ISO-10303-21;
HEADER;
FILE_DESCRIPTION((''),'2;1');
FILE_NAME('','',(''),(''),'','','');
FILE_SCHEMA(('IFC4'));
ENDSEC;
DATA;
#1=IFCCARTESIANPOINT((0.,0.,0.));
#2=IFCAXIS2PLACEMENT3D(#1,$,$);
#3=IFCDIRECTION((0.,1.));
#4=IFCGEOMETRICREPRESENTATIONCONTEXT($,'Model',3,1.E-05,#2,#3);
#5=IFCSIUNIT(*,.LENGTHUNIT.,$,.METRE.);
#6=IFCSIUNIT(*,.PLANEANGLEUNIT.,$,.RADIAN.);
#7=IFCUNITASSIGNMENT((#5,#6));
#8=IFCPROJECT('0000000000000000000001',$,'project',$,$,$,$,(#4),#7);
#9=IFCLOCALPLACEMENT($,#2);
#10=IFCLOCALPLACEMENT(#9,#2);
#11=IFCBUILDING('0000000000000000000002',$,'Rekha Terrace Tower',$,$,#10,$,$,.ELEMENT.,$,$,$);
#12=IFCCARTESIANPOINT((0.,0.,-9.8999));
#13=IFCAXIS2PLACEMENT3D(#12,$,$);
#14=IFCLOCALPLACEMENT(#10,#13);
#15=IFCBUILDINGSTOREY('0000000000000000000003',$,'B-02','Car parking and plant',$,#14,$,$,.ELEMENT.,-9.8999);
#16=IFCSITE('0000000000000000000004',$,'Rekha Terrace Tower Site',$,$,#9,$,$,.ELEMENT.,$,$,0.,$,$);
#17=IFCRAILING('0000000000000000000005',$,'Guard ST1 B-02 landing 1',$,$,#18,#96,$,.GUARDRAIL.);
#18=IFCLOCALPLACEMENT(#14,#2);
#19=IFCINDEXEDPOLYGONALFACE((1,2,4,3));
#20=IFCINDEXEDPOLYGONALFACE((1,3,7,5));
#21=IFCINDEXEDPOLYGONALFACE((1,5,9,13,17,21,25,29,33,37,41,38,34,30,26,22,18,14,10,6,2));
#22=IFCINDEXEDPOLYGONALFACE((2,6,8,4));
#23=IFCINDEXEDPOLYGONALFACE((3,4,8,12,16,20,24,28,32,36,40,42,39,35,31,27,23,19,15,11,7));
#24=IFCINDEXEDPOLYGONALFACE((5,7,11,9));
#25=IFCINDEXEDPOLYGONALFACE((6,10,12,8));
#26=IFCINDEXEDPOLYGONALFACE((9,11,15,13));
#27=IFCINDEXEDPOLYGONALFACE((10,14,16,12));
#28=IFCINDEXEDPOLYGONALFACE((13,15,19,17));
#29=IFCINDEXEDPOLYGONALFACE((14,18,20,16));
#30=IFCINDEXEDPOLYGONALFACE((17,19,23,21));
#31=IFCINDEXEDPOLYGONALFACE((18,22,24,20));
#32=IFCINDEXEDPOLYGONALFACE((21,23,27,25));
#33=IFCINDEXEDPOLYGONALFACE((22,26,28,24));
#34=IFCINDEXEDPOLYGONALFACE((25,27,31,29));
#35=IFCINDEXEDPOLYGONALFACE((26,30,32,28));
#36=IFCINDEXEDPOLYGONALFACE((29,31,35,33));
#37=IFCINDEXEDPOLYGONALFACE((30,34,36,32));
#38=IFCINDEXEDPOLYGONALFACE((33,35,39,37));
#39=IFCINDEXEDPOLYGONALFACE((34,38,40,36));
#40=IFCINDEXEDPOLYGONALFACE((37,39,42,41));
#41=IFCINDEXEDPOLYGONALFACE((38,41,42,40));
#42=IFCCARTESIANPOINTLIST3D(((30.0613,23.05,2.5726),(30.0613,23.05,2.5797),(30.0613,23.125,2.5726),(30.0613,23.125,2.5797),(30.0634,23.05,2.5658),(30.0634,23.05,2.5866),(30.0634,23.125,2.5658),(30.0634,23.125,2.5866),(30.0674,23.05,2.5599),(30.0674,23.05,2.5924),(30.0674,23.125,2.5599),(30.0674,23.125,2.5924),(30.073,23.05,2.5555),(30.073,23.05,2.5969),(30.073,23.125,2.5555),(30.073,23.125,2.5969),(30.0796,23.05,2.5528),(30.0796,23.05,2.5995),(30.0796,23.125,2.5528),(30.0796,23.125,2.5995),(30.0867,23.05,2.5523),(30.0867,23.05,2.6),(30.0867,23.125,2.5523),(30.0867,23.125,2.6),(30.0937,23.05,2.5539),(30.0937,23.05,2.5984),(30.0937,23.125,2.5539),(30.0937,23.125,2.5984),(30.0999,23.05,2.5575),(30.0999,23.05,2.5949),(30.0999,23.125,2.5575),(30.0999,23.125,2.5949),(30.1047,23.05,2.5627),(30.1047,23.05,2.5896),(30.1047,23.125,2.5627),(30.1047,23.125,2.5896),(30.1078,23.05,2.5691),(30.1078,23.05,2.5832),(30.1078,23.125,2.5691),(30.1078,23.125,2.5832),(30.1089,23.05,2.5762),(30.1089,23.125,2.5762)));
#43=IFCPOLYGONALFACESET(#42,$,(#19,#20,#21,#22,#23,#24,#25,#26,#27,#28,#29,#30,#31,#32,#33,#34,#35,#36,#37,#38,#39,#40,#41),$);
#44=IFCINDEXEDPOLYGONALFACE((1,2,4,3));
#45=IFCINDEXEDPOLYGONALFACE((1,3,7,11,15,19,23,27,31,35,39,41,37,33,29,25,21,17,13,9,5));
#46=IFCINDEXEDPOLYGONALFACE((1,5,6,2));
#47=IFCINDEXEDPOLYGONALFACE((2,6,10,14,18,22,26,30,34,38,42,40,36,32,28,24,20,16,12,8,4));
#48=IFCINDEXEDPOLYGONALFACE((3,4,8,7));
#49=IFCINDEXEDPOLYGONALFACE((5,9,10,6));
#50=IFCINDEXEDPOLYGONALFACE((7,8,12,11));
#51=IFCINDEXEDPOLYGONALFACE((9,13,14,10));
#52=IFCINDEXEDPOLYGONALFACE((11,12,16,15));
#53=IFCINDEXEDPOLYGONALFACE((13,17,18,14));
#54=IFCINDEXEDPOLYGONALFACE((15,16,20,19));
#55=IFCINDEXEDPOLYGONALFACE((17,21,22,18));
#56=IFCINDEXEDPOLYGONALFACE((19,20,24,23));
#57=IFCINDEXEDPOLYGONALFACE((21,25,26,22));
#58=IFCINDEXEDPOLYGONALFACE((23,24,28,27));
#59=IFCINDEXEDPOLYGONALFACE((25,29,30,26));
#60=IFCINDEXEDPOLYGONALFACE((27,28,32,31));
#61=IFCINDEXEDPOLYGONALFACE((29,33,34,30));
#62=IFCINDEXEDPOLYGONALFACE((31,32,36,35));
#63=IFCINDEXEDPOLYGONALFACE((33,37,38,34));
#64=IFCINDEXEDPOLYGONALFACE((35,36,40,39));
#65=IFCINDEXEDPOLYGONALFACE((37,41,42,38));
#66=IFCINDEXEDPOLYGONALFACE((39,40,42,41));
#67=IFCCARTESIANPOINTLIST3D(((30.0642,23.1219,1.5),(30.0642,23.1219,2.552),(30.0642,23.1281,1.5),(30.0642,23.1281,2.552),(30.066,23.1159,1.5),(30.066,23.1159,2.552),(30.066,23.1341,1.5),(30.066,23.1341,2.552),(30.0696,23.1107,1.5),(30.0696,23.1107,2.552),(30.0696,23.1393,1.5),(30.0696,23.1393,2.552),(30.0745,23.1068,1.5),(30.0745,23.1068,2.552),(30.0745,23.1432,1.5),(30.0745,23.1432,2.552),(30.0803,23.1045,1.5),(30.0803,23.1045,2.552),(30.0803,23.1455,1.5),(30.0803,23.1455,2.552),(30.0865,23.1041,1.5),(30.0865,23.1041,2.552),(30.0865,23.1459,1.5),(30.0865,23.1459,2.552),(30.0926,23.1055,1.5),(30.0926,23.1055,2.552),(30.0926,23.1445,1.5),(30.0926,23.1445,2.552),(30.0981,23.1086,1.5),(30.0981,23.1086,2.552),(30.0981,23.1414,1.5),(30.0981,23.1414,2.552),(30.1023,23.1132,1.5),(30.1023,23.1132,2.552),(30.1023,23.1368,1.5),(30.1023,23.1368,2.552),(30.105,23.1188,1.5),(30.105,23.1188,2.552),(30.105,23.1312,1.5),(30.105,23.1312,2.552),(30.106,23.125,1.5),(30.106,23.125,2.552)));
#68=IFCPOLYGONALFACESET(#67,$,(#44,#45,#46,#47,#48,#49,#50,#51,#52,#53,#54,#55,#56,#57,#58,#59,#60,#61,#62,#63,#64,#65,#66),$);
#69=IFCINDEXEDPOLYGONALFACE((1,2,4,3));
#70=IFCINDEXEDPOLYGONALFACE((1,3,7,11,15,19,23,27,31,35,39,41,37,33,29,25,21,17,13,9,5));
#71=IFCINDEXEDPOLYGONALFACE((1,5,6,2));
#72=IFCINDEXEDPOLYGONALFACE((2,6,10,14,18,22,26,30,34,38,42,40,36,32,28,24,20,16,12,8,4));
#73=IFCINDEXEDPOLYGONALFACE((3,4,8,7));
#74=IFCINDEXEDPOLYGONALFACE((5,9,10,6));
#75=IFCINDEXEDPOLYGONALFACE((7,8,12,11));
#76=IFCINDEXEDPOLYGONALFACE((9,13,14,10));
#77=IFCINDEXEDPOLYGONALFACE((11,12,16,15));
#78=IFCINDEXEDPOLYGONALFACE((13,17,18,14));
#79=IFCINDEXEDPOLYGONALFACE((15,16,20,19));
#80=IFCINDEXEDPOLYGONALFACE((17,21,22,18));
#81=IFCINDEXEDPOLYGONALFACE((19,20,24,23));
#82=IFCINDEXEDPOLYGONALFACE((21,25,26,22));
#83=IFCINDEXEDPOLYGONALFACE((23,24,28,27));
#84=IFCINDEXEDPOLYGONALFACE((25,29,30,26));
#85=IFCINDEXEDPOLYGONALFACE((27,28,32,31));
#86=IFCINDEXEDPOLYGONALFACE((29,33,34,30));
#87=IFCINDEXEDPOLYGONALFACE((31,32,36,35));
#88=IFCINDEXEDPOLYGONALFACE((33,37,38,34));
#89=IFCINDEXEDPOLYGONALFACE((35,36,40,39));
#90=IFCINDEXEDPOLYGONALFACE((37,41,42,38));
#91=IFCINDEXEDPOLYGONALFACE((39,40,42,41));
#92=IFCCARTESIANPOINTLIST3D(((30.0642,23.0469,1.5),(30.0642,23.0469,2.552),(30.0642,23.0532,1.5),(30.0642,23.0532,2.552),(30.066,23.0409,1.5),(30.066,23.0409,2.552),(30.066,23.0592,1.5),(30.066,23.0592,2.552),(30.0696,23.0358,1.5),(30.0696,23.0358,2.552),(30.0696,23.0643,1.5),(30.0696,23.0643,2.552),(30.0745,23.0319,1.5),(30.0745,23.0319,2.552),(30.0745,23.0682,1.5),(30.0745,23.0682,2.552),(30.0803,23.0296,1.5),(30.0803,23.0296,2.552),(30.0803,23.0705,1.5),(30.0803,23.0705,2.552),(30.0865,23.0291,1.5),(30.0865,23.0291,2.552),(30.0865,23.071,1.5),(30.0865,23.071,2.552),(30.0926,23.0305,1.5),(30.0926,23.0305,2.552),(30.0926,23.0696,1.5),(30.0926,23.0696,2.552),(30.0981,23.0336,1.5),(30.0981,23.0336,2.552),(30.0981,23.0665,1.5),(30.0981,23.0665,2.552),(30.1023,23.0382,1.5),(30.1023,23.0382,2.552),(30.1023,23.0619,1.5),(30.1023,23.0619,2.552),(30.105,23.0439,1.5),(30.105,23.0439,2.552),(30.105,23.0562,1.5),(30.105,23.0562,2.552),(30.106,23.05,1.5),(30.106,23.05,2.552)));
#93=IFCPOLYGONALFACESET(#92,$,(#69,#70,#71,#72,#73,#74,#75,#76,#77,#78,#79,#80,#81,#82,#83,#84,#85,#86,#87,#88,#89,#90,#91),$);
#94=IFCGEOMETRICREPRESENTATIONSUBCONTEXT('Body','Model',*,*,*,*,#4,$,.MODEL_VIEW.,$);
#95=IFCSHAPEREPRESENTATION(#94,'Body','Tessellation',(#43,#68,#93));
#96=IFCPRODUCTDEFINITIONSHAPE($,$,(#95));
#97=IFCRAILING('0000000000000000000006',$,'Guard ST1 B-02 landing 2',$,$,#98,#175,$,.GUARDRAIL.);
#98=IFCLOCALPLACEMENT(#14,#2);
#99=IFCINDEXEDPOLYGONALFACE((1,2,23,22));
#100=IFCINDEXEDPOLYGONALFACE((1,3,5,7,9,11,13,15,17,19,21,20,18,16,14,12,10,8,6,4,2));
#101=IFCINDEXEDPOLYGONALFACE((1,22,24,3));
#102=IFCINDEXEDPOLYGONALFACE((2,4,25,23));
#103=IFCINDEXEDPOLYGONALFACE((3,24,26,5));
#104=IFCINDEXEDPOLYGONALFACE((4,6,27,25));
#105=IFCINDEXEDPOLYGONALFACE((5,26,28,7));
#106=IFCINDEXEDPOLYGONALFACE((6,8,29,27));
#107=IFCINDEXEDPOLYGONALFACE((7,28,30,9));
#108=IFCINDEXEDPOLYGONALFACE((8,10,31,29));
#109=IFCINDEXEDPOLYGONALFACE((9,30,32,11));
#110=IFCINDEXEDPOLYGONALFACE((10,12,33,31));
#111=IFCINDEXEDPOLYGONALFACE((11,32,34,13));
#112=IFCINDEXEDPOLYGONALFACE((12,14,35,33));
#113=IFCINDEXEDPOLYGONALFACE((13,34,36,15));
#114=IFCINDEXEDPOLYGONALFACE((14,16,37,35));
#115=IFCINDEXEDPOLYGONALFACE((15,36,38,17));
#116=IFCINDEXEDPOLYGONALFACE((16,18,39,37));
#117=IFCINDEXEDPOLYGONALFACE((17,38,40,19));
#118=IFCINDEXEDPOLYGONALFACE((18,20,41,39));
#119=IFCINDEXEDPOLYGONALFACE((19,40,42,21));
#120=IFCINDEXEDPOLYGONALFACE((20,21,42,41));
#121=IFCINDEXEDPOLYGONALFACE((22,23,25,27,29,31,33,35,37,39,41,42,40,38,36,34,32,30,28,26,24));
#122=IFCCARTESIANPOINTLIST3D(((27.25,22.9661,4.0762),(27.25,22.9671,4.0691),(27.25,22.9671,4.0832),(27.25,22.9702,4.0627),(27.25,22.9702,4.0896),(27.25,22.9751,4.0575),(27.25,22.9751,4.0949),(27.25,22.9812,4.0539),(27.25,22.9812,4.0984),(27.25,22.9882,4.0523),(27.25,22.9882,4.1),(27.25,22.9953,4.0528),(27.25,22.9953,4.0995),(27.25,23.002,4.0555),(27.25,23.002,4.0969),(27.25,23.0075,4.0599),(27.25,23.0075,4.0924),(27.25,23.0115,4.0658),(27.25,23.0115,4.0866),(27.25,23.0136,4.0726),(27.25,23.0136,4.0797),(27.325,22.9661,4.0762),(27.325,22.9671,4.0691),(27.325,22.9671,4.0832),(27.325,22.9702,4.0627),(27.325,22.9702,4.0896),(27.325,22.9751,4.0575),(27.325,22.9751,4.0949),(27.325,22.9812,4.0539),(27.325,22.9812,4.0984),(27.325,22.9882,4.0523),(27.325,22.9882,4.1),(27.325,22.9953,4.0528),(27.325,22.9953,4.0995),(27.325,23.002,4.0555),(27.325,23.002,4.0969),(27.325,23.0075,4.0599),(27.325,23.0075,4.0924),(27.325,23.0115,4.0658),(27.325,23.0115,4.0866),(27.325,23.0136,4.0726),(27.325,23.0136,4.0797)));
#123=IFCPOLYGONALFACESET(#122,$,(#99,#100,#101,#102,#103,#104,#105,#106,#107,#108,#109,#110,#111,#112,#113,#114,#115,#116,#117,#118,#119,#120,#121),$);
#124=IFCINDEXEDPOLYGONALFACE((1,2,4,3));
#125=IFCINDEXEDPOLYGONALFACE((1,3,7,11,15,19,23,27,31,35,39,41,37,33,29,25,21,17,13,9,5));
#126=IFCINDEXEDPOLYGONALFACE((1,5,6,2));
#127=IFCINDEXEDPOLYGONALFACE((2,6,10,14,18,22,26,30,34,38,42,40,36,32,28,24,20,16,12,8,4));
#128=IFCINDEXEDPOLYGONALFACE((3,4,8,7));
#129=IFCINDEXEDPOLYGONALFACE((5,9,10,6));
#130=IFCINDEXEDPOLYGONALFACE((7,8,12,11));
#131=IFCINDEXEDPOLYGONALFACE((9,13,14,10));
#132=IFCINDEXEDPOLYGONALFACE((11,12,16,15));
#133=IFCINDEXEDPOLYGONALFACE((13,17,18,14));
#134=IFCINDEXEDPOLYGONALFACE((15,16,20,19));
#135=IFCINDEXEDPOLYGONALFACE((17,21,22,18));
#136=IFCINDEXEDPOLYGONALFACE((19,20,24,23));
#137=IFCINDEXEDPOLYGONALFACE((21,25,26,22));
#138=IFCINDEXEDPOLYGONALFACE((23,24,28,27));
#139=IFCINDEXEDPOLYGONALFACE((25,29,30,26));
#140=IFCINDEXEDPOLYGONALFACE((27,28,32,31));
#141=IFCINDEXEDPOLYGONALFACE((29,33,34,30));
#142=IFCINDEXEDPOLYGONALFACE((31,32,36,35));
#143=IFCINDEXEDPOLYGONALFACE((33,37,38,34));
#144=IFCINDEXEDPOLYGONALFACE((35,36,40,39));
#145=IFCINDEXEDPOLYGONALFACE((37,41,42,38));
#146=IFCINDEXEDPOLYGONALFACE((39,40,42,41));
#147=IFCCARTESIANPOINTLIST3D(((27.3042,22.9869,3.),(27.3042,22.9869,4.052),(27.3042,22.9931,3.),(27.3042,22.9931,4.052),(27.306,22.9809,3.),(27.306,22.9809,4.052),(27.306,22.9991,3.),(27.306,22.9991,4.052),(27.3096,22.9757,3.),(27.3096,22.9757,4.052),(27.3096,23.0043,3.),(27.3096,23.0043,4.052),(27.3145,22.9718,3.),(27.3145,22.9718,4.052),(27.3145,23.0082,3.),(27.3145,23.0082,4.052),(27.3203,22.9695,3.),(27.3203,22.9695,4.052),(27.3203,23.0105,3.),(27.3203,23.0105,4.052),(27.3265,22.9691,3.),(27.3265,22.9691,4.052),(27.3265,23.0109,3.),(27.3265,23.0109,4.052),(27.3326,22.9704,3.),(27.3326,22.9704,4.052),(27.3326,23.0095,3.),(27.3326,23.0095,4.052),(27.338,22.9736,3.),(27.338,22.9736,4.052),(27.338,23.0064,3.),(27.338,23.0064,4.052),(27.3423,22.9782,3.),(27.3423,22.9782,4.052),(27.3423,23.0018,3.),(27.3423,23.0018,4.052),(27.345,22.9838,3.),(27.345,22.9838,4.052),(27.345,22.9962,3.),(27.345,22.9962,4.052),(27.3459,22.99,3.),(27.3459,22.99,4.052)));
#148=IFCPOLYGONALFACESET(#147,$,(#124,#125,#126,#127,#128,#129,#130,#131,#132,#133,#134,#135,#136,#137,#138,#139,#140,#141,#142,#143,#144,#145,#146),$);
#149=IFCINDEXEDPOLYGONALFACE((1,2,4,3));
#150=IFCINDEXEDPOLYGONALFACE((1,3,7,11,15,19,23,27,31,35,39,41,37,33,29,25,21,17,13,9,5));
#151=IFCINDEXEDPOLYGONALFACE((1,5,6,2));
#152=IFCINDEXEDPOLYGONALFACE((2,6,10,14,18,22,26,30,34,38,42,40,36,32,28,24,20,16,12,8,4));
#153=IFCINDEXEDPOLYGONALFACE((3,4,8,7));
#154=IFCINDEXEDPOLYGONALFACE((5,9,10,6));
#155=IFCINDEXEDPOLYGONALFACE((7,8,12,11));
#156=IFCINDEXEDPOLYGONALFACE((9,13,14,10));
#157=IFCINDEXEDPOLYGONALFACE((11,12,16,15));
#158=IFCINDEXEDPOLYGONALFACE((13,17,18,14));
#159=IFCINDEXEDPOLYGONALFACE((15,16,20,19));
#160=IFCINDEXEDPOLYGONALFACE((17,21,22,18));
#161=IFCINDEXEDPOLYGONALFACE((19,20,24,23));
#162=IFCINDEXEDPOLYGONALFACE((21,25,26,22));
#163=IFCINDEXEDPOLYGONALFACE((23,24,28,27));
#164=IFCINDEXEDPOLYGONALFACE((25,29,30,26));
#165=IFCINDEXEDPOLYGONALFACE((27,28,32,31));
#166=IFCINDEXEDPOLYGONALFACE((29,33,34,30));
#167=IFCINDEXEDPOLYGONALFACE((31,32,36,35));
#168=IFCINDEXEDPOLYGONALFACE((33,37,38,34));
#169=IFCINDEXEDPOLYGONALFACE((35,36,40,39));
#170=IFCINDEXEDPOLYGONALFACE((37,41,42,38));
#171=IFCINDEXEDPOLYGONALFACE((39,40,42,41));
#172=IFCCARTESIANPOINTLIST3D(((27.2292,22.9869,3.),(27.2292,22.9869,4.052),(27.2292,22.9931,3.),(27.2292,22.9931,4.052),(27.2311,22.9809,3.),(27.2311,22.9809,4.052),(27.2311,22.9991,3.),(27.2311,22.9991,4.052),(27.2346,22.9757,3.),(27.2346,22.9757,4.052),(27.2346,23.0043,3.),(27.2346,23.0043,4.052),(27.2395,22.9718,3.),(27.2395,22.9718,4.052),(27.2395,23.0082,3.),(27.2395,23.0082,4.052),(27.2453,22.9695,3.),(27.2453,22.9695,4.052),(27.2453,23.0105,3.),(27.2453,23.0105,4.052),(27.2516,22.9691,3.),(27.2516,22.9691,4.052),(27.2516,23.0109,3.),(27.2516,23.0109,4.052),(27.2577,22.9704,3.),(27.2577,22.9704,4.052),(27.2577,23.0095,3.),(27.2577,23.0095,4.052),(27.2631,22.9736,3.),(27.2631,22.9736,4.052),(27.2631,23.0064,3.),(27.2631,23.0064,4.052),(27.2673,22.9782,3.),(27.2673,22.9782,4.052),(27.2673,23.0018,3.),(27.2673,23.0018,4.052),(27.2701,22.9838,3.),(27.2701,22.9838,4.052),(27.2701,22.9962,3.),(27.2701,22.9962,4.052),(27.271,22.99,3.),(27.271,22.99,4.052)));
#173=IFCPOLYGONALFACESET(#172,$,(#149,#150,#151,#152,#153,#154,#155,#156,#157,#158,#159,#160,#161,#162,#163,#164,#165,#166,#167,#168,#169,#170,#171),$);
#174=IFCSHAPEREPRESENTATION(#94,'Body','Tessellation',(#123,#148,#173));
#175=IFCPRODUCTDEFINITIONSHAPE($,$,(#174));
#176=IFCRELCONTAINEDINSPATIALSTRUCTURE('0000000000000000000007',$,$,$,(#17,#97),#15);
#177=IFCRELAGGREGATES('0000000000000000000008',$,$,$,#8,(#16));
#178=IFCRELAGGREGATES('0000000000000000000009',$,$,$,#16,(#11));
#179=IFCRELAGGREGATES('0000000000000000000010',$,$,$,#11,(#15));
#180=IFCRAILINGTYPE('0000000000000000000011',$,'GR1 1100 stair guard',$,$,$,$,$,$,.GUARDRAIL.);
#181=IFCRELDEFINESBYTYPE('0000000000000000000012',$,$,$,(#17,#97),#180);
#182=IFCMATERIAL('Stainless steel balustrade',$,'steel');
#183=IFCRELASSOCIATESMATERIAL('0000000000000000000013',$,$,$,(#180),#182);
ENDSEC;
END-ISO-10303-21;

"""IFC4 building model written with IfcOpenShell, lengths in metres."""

from ifc_helpers import new_model, si_unit, direction, frame, origin, origin_2d, place, context, subcontext, project, spatial, circle, extrude, material, type_object, element, save


model = new_model("IFC4")

# Units and contexts
model_context = context("Model", 3, precision=1e-05, world=origin(), true_north=direction((0.0, 1.0)))
body_context = subcontext(model_context, "Body", "Model", "MODEL_VIEW")
ifc_project = project(units=[si_unit("LENGTHUNIT", "METRE"), si_unit("PLANEANGLEUNIT", "RADIAN")], contexts=[model_context])

# Site, building, storey
site_placement = place(None, origin())
site = spatial("IfcSite", under=ifc_project, at=site_placement, Name="Rekha Terrace Tower Site", CompositionType="ELEMENT", RefElevation=0.0)
building_placement = place(site_placement, origin())
building = spatial("IfcBuilding", under=site, at=building_placement, Name="Rekha Terrace Tower", CompositionType="ELEMENT")
storey_placement = place(building_placement, frame((0.0, 0.0, -9.8999)))
storey = spatial("IfcBuildingStorey", under=building, at=storey_placement, Name="B-02", Description="Car parking and plant", CompositionType="ELEMENT", Elevation=-9.8999)

# Railings
ifc_material_1 = material(Name="Stainless steel balustrade", Category="steel")
railing_type_1 = type_object("IfcRailingType", Name="GR1 1100 stair guard", PredefinedType="GUARDRAIL", material=ifc_material_1)
railing_1_placement = place(storey_placement, frame((30.085, 23.125, 1.5)))
element("IfcRailing", 1, at=railing_1_placement, inside=storey, type_object=railing_type_1, Name="Guard ST1 B-02 landing 1", PredefinedType="GUARDRAIL", context=body_context, shape_type="SweptSolid", body=[
    extrude(circle(Radius=0.0239, at=origin_2d()), frame((0.0, 0.0, 1.0762), z_axis=(0.0, -1.0, 0.0), x_axis=(1.0, 0.0, 0.0)), (0.0, 0.0, 1.0), 0.075),
    extrude(circle(Radius=0.021, at=origin_2d()), origin(), (0.0, 0.0, 1.0), 1.052),
    extrude(circle(Radius=0.021, at=origin_2d()), frame((0.0, -0.075, 0.0)), (0.0, 0.0, 1.0), 1.052),
])
railing_2_placement = place(storey_placement, frame((27.325, 22.99, 3.0)))
element("IfcRailing", 2, at=railing_2_placement, inside=storey, type_object=railing_type_1, Name="Guard ST1 B-02 landing 2", PredefinedType="GUARDRAIL", context=body_context, shape_type="SweptSolid", body=[
    extrude(circle(Radius=0.0239, at=origin_2d()), frame((0.0, 0.0, 1.0762), z_axis=(-1.0, 0.0, 0.0), x_axis=(0.0, -1.0, 0.0)), (0.0, 0.0, 1.0), 0.075),
    extrude(circle(Radius=0.021, at=origin_2d()), origin(), (0.0, 0.0, 1.0), 1.052),
    extrude(circle(Radius=0.021, at=origin_2d()), frame((-0.075, 0.0, 0.0)), (0.0, 0.0, 1.0), 1.052),
])

save(model, "model.ifc")
